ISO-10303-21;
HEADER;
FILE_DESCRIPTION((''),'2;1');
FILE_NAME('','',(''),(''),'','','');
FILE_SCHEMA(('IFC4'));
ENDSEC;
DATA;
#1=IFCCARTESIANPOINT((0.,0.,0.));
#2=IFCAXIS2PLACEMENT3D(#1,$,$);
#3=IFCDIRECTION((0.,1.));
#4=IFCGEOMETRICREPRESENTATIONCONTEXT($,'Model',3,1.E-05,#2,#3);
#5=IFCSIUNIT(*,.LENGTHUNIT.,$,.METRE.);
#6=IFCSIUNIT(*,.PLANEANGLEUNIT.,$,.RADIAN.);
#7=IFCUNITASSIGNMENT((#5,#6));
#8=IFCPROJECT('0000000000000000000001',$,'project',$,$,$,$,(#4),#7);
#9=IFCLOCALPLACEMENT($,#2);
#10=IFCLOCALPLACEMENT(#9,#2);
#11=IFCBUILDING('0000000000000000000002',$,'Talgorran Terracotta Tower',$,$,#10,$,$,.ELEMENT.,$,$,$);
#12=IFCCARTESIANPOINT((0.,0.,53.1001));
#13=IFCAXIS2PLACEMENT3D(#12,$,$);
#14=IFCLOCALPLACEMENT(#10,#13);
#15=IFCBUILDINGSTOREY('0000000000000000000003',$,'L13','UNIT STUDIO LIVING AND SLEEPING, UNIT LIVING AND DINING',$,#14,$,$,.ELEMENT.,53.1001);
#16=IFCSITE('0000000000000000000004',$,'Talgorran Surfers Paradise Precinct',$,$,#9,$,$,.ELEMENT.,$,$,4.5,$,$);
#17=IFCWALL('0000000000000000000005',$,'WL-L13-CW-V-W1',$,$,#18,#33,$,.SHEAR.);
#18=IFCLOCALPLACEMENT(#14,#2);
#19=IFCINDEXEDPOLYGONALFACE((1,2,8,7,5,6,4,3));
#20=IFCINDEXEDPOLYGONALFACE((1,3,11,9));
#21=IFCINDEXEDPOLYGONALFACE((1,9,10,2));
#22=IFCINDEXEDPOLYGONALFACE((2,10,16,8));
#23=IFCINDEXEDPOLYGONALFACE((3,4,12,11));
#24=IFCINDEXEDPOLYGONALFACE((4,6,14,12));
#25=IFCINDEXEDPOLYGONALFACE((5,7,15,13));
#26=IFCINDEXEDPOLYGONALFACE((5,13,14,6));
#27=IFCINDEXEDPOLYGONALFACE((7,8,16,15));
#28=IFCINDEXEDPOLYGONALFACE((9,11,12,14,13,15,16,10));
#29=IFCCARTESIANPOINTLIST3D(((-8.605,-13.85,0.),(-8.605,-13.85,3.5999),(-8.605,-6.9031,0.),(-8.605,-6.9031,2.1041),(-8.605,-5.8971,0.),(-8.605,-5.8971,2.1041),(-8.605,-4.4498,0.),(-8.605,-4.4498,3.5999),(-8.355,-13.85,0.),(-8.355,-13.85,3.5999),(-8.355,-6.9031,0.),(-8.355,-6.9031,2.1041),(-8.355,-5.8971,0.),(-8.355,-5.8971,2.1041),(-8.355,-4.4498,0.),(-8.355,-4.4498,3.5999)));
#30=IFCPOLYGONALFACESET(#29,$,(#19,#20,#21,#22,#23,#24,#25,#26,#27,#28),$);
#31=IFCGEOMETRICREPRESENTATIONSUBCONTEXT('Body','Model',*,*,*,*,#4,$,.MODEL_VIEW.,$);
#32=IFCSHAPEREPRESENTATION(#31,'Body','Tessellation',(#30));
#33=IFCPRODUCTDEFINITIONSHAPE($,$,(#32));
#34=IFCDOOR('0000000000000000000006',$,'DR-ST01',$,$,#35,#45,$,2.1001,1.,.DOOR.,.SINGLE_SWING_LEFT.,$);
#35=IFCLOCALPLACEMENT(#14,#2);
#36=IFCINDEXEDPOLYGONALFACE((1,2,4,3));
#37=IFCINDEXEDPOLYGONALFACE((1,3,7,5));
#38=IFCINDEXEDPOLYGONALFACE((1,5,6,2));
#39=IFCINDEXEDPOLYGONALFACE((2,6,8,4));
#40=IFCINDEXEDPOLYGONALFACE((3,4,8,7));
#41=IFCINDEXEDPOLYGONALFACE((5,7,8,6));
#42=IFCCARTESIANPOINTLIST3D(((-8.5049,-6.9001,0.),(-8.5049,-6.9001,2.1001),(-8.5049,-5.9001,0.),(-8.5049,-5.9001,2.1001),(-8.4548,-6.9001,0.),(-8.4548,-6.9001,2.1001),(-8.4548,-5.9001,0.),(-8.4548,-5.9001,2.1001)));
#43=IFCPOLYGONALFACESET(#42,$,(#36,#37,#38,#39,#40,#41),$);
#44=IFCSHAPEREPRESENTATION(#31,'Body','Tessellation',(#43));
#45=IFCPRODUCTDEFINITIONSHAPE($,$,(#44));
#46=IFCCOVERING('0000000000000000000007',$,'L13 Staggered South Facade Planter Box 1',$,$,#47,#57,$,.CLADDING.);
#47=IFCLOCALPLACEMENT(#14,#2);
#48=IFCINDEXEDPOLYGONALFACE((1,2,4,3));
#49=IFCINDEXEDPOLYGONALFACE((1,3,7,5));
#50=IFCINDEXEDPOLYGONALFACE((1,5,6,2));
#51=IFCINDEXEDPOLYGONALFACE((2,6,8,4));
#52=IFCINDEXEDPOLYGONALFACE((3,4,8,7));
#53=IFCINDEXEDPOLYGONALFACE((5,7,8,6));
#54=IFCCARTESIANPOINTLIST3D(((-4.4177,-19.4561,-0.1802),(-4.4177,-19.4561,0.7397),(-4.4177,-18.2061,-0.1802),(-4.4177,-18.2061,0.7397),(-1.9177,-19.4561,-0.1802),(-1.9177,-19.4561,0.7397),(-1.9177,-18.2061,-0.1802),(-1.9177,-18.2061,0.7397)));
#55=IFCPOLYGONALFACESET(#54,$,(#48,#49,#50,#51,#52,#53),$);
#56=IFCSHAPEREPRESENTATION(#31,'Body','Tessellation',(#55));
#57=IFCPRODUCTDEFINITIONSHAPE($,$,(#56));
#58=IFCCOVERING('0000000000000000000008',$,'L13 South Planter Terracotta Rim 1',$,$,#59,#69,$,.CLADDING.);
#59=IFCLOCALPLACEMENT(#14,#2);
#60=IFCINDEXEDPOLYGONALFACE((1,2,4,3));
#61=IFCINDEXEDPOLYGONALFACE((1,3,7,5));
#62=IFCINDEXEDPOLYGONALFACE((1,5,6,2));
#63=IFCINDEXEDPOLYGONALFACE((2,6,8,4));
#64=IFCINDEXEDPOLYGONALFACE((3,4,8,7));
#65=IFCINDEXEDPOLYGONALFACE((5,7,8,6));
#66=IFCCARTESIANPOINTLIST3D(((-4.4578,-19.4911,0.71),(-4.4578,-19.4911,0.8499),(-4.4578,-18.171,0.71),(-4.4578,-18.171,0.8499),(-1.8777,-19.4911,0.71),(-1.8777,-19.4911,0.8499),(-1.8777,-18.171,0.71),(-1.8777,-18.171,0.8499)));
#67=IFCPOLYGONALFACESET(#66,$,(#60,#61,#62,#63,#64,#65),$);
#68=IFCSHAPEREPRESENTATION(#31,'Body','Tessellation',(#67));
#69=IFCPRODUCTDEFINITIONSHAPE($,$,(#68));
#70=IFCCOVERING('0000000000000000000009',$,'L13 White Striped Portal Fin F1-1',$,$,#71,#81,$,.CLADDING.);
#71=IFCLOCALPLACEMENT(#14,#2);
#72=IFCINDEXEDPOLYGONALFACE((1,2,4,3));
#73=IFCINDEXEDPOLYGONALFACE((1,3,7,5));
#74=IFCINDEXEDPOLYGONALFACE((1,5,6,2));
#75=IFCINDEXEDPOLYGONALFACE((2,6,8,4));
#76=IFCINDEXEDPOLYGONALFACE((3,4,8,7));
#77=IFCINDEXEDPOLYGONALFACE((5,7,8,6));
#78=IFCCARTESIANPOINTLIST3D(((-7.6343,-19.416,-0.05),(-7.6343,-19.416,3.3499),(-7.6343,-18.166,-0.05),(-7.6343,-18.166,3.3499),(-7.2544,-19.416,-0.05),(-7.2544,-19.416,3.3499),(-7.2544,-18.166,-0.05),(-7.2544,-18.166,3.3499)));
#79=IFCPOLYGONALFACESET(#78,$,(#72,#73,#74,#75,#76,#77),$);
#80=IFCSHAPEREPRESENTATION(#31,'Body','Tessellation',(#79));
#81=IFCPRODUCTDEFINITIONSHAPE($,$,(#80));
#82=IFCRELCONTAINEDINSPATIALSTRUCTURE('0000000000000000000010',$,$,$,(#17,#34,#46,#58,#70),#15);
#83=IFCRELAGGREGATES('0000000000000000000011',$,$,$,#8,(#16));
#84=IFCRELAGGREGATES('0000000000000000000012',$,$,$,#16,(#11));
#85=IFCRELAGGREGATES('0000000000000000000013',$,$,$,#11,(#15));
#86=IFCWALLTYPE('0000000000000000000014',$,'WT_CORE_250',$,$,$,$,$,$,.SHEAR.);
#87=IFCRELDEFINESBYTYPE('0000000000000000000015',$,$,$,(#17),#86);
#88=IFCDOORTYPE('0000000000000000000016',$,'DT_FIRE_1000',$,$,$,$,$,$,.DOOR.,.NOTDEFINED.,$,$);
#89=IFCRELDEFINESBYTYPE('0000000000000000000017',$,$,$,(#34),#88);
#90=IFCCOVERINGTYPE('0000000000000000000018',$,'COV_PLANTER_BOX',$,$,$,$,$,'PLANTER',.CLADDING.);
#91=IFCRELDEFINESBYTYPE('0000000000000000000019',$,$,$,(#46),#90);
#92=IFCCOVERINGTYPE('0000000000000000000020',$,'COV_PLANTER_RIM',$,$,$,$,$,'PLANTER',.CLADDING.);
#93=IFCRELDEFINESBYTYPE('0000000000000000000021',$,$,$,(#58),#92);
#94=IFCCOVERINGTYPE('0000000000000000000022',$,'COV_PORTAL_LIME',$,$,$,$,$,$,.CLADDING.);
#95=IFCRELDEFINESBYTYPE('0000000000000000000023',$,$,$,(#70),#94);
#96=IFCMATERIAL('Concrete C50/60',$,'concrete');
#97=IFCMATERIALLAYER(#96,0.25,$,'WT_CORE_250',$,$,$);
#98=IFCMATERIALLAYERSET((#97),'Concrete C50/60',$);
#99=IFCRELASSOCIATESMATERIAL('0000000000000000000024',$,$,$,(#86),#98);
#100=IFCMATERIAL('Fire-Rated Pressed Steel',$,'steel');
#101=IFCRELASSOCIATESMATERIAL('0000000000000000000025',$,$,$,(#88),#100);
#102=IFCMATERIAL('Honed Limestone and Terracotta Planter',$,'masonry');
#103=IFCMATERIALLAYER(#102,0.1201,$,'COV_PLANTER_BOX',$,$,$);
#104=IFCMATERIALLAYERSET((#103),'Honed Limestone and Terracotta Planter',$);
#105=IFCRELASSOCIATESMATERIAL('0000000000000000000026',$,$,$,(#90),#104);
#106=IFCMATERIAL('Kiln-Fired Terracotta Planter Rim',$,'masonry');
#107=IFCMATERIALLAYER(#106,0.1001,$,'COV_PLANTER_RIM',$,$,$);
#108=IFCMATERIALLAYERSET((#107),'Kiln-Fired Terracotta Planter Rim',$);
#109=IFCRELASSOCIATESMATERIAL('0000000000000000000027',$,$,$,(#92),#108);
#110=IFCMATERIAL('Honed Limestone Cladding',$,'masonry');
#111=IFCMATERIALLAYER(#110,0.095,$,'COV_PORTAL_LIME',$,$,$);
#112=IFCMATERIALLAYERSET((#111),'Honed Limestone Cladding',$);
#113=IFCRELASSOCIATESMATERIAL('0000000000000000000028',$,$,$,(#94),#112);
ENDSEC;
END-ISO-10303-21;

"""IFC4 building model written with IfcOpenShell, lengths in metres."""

from ifc_helpers import new_model, si_unit, direction, frame, frame_2d, origin, origin_2d, place, context, subcontext, project, spatial, rectangle, extrude, material, layer, layer_set, type_object, element, fill, save


model = new_model("IFC4")

# Units and contexts
model_context = context("Model", 3, precision=1e-05, world=origin(), true_north=direction((0.0, 1.0)))
body_context = subcontext(model_context, "Body", "Model", "MODEL_VIEW")
ifc_project = project(units=[si_unit("LENGTHUNIT", "METRE"), si_unit("PLANEANGLEUNIT", "RADIAN")], contexts=[model_context])

# Site, building, storey
site_placement = place(None, origin())
site = spatial("IfcSite", under=ifc_project, at=site_placement, Name="Talgorran Surfers Paradise Precinct", CompositionType="ELEMENT", RefElevation=4.5)
building_placement = place(site_placement, origin())
building = spatial("IfcBuilding", under=site, at=building_placement, Name="Talgorran Terracotta Tower", CompositionType="ELEMENT")
storey_placement = place(building_placement, frame((0.0, 0.0, 53.1001)))
storey = spatial("IfcBuildingStorey", under=building, at=storey_placement, Name="L13", Description="UNIT STUDIO LIVING AND SLEEPING, UNIT LIVING AND DINING", CompositionType="ELEMENT", Elevation=53.1001)

# Wall, opening, door
ifc_material_1 = material(Name="Concrete C50/60", Category="concrete")
ifc_layer_1 = layer(ifc_material_1, 0.25, Name="WT_CORE_250")
ifc_layer_set_1 = layer_set([ifc_layer_1], Name="Concrete C50/60")
wall_type = type_object("IfcWallType", Name="WT_CORE_250", PredefinedType="SHEAR", material=ifc_layer_set_1)
wall_placement = place(storey_placement, frame((-8.48, -13.8501, 0.0), z_axis=(0.0, 0.0, 1.0), x_axis=(0.0, 1.0, 0.0)))
wall = element("IfcWall", 1, at=wall_placement, inside=storey, type_object=wall_type, Name="WL-L13-CW-V-W1", PredefinedType="SHEAR", context=body_context, shape_type="SweptSolid", body=[
    extrude(rectangle(XDim=9.4001, YDim=0.25, at=frame_2d((4.7002, 0.0))), origin(), (0.0, 0.0, 1.0), 3.5999),
])
opening_placement = place(wall_placement, frame((6.95, 0.0, 0.0)))
opening = element("IfcOpeningElement", 2, at=opening_placement, cuts=wall, PredefinedType="OPENING", context=body_context, shape_type="SweptSolid", body=[
    extrude(rectangle(XDim=1.006, YDim=2.1041, at=frame_2d((0.5, 1.052))), frame((0.0, 0.135, 0.0), z_axis=(0.0, -1.0, 0.0), x_axis=(1.0, 0.0, 0.0)), (0.0, 0.0, 1.0), 0.27),
])
ifc_material_2 = material(Name="Fire-Rated Pressed Steel", Category="steel")
door_type = type_object("IfcDoorType", Name="DT_FIRE_1000", OperationType="NOTDEFINED", PredefinedType="DOOR", material=ifc_material_2)
door_placement = place(opening_placement, origin())
door = element("IfcDoor", 3, at=door_placement, inside=storey, type_object=door_type, Name="DR-ST01", OperationType="SINGLE_SWING_LEFT", OverallHeight=2.1001, OverallWidth=1.0, PredefinedType="DOOR", context=body_context, shape_type="SweptSolid", body=[
    extrude(rectangle(XDim=1.0, YDim=2.1001, at=frame_2d((0.5, 1.05))), frame((0.0, 0.0249, 0.0), z_axis=(0.0, -1.0, 0.0), x_axis=(1.0, 0.0, 0.0)), (0.0, 0.0, 1.0), 0.05),
])
fill(opening, door)

# Coverings
ifc_material_3 = material(Name="Honed Limestone and Terracotta Planter", Category="masonry")
ifc_layer_2 = layer(ifc_material_3, 0.1201, Name="COV_PLANTER_BOX")
ifc_layer_set_2 = layer_set([ifc_layer_2], Name="Honed Limestone and Terracotta Planter")
covering_type_1 = type_object("IfcCoveringType", Name="COV_PLANTER_BOX", ElementType="PLANTER", PredefinedType="CLADDING", material=ifc_layer_set_2)
covering_1_placement = place(storey_placement, frame((-3.1677, -18.8311, -0.1802), z_axis=(0.0, 0.0, 1.0), x_axis=(1.0, 0.0, 0.0)))
element("IfcCovering", 4, at=covering_1_placement, inside=storey, type_object=covering_type_1, Name="L13 Staggered South Facade Planter Box 1", PredefinedType="CLADDING", context=body_context, shape_type="SweptSolid", body=[
    extrude(rectangle(XDim=2.5, YDim=1.25, at=origin_2d()), origin(), (0.0, 0.0, 1.0), 0.9199),
])
ifc_material_4 = material(Name="Kiln-Fired Terracotta Planter Rim", Category="masonry")
ifc_layer_3 = layer(ifc_material_4, 0.1001, Name="COV_PLANTER_RIM")
ifc_layer_set_3 = layer_set([ifc_layer_3], Name="Kiln-Fired Terracotta Planter Rim")
covering_type_2 = type_object("IfcCoveringType", Name="COV_PLANTER_RIM", ElementType="PLANTER", PredefinedType="CLADDING", material=ifc_layer_set_3)
covering_2_placement = place(storey_placement, frame((-3.1677, -18.8311, 0.71), z_axis=(0.0, 0.0, 1.0), x_axis=(1.0, 0.0, 0.0)))
element("IfcCovering", 5, at=covering_2_placement, inside=storey, type_object=covering_type_2, Name="L13 South Planter Terracotta Rim 1", PredefinedType="CLADDING", context=body_context, shape_type="SweptSolid", body=[
    extrude(rectangle(XDim=2.5801, YDim=1.3201, at=origin_2d()), origin(), (0.0, 0.0, 1.0), 0.1399),
])
ifc_material_5 = material(Name="Honed Limestone Cladding", Category="masonry")
ifc_layer_4 = layer(ifc_material_5, 0.095, Name="COV_PORTAL_LIME")
ifc_layer_set_4 = layer_set([ifc_layer_4], Name="Honed Limestone Cladding")
covering_type_3 = type_object("IfcCoveringType", Name="COV_PORTAL_LIME", PredefinedType="CLADDING", material=ifc_layer_set_4)
covering_3_placement = place(storey_placement, frame((-7.4443, -18.791, -0.05), z_axis=(0.0, 0.0, 1.0), x_axis=(1.0, 0.0, 0.0)))
element("IfcCovering", 6, at=covering_3_placement, inside=storey, type_object=covering_type_3, Name="L13 White Striped Portal Fin F1-1", PredefinedType="CLADDING", context=body_context, shape_type="SweptSolid", body=[
    extrude(rectangle(XDim=0.3799, YDim=1.25, at=origin_2d()), origin(), (0.0, 0.0, 1.0), 3.3999),
])

save(model, "model.ifc")
